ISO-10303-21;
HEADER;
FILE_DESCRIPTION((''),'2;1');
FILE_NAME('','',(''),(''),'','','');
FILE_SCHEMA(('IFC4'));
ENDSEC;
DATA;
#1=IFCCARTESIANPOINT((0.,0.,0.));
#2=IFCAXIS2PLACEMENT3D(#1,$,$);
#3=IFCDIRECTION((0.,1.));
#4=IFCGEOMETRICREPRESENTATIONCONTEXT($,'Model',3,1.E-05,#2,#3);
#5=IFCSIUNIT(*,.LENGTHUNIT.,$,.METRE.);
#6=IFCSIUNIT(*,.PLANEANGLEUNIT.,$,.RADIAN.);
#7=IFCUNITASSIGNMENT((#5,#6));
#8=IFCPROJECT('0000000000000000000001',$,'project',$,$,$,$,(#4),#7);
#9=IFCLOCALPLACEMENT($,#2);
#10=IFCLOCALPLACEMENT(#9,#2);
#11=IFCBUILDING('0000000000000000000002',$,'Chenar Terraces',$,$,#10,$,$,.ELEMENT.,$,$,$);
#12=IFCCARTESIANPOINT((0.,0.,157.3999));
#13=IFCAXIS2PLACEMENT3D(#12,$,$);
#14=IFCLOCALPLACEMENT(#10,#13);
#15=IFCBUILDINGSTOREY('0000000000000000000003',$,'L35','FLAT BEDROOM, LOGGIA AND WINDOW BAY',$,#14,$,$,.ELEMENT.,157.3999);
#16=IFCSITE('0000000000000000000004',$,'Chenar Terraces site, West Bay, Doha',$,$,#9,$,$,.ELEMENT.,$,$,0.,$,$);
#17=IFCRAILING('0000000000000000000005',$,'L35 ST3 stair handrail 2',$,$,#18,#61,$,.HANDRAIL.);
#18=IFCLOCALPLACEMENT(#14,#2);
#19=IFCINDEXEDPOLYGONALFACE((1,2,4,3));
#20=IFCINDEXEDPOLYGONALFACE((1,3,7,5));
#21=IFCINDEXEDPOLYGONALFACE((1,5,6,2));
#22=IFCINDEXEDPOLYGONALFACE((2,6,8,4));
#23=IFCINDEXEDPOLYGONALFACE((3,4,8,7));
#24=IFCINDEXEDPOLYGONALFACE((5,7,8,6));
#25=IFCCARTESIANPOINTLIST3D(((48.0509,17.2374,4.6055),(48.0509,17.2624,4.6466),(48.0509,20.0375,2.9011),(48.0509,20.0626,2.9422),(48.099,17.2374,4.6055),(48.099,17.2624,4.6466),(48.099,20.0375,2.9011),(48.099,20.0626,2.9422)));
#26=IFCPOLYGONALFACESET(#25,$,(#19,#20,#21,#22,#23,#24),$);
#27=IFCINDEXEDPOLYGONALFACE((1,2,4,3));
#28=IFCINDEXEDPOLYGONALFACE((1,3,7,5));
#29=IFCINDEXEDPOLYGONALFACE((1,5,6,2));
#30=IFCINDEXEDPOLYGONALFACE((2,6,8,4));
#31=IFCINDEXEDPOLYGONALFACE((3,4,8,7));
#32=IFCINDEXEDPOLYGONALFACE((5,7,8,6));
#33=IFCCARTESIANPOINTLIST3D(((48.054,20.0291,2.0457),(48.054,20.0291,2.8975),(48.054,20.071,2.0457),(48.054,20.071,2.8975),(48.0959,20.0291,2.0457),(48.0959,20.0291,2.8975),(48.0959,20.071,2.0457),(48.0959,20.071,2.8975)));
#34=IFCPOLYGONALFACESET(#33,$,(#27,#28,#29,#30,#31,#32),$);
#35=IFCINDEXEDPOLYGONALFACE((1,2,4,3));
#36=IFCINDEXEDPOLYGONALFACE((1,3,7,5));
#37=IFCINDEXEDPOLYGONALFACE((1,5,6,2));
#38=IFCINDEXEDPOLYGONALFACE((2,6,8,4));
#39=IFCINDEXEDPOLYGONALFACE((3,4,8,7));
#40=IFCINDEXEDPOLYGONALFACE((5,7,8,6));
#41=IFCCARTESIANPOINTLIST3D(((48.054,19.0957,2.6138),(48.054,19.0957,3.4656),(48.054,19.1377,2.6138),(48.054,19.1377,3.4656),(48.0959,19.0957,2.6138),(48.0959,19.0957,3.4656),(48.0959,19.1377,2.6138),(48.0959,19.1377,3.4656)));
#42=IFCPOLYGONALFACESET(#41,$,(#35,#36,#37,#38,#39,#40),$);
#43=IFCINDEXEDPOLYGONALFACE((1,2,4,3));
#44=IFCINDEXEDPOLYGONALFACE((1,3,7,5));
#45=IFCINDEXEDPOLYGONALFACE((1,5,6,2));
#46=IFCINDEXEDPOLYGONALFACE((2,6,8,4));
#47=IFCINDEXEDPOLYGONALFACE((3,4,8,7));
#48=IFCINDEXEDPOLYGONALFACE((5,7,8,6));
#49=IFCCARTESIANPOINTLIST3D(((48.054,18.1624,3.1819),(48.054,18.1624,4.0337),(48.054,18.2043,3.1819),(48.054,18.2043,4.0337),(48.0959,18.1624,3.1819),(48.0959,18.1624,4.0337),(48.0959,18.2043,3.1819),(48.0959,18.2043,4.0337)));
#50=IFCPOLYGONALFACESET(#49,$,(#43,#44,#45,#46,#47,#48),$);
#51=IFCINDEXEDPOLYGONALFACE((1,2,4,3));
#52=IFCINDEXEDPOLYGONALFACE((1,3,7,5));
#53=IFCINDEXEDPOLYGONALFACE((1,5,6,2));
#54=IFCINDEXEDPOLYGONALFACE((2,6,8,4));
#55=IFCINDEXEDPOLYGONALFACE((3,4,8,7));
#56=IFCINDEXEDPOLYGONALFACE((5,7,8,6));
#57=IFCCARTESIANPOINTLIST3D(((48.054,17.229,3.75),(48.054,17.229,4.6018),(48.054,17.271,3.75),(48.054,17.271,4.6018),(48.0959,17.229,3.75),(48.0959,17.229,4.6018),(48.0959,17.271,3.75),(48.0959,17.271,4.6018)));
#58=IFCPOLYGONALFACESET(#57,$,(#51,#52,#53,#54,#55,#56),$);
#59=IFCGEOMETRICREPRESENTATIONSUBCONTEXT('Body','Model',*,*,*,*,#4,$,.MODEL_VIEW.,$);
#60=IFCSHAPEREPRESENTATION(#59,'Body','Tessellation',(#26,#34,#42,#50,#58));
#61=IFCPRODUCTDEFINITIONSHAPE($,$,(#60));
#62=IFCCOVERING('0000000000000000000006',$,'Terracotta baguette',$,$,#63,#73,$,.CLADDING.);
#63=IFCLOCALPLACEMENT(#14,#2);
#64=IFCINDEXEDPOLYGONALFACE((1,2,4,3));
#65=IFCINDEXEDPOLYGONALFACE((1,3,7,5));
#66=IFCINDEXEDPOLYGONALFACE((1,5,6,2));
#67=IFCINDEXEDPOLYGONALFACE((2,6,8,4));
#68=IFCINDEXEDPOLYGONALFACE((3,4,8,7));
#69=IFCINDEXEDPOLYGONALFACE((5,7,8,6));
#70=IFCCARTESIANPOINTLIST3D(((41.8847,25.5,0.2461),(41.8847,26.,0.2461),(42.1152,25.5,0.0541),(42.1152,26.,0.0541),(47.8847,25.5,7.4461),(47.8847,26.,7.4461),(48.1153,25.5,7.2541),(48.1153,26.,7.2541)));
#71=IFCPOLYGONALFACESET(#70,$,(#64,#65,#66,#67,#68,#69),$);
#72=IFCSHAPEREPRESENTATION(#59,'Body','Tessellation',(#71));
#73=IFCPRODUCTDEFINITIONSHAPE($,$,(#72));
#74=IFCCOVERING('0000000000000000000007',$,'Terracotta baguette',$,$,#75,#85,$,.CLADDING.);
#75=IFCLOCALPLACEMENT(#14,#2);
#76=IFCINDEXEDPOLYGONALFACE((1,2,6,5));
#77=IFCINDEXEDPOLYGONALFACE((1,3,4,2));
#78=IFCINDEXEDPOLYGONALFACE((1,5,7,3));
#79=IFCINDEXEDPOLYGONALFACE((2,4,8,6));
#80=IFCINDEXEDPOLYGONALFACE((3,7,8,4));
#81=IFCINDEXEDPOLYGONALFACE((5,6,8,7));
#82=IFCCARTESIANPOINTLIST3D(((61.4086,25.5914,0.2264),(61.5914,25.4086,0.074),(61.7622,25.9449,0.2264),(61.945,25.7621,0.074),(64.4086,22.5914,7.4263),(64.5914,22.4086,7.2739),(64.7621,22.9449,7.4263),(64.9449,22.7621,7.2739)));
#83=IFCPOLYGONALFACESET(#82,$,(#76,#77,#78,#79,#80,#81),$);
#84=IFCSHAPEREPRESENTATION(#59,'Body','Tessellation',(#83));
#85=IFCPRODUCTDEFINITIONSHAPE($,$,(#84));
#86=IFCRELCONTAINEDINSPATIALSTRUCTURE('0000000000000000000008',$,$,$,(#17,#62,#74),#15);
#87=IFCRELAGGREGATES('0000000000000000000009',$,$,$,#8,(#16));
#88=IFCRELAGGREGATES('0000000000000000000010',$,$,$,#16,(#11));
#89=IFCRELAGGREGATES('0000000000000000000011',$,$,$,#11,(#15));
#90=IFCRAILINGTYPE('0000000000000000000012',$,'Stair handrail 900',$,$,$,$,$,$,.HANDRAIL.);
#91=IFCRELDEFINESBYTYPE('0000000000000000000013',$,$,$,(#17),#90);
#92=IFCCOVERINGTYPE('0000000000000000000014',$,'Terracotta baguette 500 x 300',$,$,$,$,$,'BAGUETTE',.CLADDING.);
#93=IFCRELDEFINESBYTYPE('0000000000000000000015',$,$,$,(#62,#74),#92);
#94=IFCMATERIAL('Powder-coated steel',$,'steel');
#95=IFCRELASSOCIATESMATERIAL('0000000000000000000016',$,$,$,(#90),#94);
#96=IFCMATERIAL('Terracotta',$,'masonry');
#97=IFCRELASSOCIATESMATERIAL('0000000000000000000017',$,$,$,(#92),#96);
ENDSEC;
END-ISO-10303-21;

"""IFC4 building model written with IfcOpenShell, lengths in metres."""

from ifc_helpers import new_model, si_unit, direction, frame, origin, origin_2d, place, context, subcontext, project, spatial, rectangle, extrude, material, material_profile, profile_set, type_object, element, save


model = new_model("IFC4")

# Units and contexts
model_context = context("Model", 3, precision=1e-05, world=origin(), true_north=direction((0.0, 1.0)))
body_context = subcontext(model_context, "Body", "Model", "MODEL_VIEW")
ifc_project = project(units=[si_unit("LENGTHUNIT", "METRE"), si_unit("PLANEANGLEUNIT", "RADIAN")], contexts=[model_context])

# Site, building, storey
site_placement = place(None, origin())
site = spatial("IfcSite", under=ifc_project, at=site_placement, Name="Chenar Terraces site, West Bay, Doha", CompositionType="ELEMENT", RefElevation=0.0)
building_placement = place(site_placement, origin())
building = spatial("IfcBuilding", under=site, at=building_placement, Name="Chenar Terraces", CompositionType="ELEMENT")
storey_placement = place(building_placement, frame((0.0, 0.0, 157.3999)))
storey = spatial("IfcBuildingStorey", under=building, at=storey_placement, Name="L35", Description="FLAT BEDROOM, LOGGIA AND WINDOW BAY", CompositionType="ELEMENT", Elevation=157.3999)

# Railing
ifc_material_1 = material(Name="Powder-coated steel", Category="steel")
railing_type_1 = type_object("IfcRailingType", Name="Stair handrail 900", PredefinedType="HANDRAIL", material=ifc_material_1)
railing_1_placement = place(storey_placement, frame((48.075, 20.05, 2.0457)))
element("IfcRailing", 1, at=railing_1_placement, inside=storey, type_object=railing_type_1, Name="L35 ST3 stair handrail 2", PredefinedType="HANDRAIL", context=body_context, shape_type="SweptSolid", body=[
    extrude(rectangle(XDim=0.0481, YDim=0.0481, at=origin_2d()), frame((0.0, 0.0, 0.876), z_axis=(0.0, -0.854203, 0.51994), x_axis=(1.0, 0.0, 0.0)), (0.0, 0.0, 1.0), 3.2781),
    extrude(rectangle(XDim=0.042, YDim=0.042, at=origin_2d()), origin(), (0.0, 0.0, 1.0), 0.8518),
    extrude(rectangle(XDim=0.042, YDim=0.042, at=origin_2d()), frame((0.0, -0.9333, 0.5681)), (0.0, 0.0, 1.0), 0.8518),
    extrude(rectangle(XDim=0.042, YDim=0.042, at=origin_2d()), frame((0.0, -1.8667, 1.1362)), (0.0, 0.0, 1.0), 0.8518),
    extrude(rectangle(XDim=0.042, YDim=0.042, at=origin_2d()), frame((0.0, -2.8, 1.7043)), (0.0, 0.0, 1.0), 0.8518),
])

# Coverings
ifc_material_2 = material(Name="Terracotta", Category="masonry")
ifc_material_profile_1 = material_profile(ifc_material_2, rectangle(XDim=0.5, YDim=0.3, at=origin_2d()), Name="Terracotta baguette 500 x 300")
ifc_profile_set_1 = profile_set([ifc_material_profile_1], Name="Terracotta")
covering_type = type_object("IfcCoveringType", Name="Terracotta baguette 500 x 300", ElementType="BAGUETTE", PredefinedType="CLADDING", material=ifc_profile_set_1)
covering_1_placement = place(storey_placement, frame((48.0, 25.75, 7.3501), z_axis=(-0.640187, 0.0, -0.768219), x_axis=(0.0, -1.0, 0.0)))
element("IfcCovering", 2, at=covering_1_placement, inside=storey, type_object=covering_type, Name="Terracotta baguette", PredefinedType="CLADDING", context=body_context, shape_type="SweptSolid", body=[
    extrude(rectangle(XDim=0.5, YDim=0.3, at=origin_2d()), origin(), (0.0, 0.0, 1.0), 9.3723),
])
covering_2_placement = place(storey_placement, frame((64.6768, 22.6768, 7.3501), z_axis=(-0.358981, 0.358981, -0.861548), x_axis=(-0.707107, -0.707107, 0.0)))
element("IfcCovering", 3, at=covering_2_placement, inside=storey, type_object=covering_type, Name="Terracotta baguette", PredefinedType="CLADDING", context=body_context, shape_type="SweptSolid", body=[
    extrude(rectangle(XDim=0.5, YDim=0.3, at=origin_2d()), origin(), (0.0, 0.0, 1.0), 8.3569),
])

save(model, "model.ifc")
